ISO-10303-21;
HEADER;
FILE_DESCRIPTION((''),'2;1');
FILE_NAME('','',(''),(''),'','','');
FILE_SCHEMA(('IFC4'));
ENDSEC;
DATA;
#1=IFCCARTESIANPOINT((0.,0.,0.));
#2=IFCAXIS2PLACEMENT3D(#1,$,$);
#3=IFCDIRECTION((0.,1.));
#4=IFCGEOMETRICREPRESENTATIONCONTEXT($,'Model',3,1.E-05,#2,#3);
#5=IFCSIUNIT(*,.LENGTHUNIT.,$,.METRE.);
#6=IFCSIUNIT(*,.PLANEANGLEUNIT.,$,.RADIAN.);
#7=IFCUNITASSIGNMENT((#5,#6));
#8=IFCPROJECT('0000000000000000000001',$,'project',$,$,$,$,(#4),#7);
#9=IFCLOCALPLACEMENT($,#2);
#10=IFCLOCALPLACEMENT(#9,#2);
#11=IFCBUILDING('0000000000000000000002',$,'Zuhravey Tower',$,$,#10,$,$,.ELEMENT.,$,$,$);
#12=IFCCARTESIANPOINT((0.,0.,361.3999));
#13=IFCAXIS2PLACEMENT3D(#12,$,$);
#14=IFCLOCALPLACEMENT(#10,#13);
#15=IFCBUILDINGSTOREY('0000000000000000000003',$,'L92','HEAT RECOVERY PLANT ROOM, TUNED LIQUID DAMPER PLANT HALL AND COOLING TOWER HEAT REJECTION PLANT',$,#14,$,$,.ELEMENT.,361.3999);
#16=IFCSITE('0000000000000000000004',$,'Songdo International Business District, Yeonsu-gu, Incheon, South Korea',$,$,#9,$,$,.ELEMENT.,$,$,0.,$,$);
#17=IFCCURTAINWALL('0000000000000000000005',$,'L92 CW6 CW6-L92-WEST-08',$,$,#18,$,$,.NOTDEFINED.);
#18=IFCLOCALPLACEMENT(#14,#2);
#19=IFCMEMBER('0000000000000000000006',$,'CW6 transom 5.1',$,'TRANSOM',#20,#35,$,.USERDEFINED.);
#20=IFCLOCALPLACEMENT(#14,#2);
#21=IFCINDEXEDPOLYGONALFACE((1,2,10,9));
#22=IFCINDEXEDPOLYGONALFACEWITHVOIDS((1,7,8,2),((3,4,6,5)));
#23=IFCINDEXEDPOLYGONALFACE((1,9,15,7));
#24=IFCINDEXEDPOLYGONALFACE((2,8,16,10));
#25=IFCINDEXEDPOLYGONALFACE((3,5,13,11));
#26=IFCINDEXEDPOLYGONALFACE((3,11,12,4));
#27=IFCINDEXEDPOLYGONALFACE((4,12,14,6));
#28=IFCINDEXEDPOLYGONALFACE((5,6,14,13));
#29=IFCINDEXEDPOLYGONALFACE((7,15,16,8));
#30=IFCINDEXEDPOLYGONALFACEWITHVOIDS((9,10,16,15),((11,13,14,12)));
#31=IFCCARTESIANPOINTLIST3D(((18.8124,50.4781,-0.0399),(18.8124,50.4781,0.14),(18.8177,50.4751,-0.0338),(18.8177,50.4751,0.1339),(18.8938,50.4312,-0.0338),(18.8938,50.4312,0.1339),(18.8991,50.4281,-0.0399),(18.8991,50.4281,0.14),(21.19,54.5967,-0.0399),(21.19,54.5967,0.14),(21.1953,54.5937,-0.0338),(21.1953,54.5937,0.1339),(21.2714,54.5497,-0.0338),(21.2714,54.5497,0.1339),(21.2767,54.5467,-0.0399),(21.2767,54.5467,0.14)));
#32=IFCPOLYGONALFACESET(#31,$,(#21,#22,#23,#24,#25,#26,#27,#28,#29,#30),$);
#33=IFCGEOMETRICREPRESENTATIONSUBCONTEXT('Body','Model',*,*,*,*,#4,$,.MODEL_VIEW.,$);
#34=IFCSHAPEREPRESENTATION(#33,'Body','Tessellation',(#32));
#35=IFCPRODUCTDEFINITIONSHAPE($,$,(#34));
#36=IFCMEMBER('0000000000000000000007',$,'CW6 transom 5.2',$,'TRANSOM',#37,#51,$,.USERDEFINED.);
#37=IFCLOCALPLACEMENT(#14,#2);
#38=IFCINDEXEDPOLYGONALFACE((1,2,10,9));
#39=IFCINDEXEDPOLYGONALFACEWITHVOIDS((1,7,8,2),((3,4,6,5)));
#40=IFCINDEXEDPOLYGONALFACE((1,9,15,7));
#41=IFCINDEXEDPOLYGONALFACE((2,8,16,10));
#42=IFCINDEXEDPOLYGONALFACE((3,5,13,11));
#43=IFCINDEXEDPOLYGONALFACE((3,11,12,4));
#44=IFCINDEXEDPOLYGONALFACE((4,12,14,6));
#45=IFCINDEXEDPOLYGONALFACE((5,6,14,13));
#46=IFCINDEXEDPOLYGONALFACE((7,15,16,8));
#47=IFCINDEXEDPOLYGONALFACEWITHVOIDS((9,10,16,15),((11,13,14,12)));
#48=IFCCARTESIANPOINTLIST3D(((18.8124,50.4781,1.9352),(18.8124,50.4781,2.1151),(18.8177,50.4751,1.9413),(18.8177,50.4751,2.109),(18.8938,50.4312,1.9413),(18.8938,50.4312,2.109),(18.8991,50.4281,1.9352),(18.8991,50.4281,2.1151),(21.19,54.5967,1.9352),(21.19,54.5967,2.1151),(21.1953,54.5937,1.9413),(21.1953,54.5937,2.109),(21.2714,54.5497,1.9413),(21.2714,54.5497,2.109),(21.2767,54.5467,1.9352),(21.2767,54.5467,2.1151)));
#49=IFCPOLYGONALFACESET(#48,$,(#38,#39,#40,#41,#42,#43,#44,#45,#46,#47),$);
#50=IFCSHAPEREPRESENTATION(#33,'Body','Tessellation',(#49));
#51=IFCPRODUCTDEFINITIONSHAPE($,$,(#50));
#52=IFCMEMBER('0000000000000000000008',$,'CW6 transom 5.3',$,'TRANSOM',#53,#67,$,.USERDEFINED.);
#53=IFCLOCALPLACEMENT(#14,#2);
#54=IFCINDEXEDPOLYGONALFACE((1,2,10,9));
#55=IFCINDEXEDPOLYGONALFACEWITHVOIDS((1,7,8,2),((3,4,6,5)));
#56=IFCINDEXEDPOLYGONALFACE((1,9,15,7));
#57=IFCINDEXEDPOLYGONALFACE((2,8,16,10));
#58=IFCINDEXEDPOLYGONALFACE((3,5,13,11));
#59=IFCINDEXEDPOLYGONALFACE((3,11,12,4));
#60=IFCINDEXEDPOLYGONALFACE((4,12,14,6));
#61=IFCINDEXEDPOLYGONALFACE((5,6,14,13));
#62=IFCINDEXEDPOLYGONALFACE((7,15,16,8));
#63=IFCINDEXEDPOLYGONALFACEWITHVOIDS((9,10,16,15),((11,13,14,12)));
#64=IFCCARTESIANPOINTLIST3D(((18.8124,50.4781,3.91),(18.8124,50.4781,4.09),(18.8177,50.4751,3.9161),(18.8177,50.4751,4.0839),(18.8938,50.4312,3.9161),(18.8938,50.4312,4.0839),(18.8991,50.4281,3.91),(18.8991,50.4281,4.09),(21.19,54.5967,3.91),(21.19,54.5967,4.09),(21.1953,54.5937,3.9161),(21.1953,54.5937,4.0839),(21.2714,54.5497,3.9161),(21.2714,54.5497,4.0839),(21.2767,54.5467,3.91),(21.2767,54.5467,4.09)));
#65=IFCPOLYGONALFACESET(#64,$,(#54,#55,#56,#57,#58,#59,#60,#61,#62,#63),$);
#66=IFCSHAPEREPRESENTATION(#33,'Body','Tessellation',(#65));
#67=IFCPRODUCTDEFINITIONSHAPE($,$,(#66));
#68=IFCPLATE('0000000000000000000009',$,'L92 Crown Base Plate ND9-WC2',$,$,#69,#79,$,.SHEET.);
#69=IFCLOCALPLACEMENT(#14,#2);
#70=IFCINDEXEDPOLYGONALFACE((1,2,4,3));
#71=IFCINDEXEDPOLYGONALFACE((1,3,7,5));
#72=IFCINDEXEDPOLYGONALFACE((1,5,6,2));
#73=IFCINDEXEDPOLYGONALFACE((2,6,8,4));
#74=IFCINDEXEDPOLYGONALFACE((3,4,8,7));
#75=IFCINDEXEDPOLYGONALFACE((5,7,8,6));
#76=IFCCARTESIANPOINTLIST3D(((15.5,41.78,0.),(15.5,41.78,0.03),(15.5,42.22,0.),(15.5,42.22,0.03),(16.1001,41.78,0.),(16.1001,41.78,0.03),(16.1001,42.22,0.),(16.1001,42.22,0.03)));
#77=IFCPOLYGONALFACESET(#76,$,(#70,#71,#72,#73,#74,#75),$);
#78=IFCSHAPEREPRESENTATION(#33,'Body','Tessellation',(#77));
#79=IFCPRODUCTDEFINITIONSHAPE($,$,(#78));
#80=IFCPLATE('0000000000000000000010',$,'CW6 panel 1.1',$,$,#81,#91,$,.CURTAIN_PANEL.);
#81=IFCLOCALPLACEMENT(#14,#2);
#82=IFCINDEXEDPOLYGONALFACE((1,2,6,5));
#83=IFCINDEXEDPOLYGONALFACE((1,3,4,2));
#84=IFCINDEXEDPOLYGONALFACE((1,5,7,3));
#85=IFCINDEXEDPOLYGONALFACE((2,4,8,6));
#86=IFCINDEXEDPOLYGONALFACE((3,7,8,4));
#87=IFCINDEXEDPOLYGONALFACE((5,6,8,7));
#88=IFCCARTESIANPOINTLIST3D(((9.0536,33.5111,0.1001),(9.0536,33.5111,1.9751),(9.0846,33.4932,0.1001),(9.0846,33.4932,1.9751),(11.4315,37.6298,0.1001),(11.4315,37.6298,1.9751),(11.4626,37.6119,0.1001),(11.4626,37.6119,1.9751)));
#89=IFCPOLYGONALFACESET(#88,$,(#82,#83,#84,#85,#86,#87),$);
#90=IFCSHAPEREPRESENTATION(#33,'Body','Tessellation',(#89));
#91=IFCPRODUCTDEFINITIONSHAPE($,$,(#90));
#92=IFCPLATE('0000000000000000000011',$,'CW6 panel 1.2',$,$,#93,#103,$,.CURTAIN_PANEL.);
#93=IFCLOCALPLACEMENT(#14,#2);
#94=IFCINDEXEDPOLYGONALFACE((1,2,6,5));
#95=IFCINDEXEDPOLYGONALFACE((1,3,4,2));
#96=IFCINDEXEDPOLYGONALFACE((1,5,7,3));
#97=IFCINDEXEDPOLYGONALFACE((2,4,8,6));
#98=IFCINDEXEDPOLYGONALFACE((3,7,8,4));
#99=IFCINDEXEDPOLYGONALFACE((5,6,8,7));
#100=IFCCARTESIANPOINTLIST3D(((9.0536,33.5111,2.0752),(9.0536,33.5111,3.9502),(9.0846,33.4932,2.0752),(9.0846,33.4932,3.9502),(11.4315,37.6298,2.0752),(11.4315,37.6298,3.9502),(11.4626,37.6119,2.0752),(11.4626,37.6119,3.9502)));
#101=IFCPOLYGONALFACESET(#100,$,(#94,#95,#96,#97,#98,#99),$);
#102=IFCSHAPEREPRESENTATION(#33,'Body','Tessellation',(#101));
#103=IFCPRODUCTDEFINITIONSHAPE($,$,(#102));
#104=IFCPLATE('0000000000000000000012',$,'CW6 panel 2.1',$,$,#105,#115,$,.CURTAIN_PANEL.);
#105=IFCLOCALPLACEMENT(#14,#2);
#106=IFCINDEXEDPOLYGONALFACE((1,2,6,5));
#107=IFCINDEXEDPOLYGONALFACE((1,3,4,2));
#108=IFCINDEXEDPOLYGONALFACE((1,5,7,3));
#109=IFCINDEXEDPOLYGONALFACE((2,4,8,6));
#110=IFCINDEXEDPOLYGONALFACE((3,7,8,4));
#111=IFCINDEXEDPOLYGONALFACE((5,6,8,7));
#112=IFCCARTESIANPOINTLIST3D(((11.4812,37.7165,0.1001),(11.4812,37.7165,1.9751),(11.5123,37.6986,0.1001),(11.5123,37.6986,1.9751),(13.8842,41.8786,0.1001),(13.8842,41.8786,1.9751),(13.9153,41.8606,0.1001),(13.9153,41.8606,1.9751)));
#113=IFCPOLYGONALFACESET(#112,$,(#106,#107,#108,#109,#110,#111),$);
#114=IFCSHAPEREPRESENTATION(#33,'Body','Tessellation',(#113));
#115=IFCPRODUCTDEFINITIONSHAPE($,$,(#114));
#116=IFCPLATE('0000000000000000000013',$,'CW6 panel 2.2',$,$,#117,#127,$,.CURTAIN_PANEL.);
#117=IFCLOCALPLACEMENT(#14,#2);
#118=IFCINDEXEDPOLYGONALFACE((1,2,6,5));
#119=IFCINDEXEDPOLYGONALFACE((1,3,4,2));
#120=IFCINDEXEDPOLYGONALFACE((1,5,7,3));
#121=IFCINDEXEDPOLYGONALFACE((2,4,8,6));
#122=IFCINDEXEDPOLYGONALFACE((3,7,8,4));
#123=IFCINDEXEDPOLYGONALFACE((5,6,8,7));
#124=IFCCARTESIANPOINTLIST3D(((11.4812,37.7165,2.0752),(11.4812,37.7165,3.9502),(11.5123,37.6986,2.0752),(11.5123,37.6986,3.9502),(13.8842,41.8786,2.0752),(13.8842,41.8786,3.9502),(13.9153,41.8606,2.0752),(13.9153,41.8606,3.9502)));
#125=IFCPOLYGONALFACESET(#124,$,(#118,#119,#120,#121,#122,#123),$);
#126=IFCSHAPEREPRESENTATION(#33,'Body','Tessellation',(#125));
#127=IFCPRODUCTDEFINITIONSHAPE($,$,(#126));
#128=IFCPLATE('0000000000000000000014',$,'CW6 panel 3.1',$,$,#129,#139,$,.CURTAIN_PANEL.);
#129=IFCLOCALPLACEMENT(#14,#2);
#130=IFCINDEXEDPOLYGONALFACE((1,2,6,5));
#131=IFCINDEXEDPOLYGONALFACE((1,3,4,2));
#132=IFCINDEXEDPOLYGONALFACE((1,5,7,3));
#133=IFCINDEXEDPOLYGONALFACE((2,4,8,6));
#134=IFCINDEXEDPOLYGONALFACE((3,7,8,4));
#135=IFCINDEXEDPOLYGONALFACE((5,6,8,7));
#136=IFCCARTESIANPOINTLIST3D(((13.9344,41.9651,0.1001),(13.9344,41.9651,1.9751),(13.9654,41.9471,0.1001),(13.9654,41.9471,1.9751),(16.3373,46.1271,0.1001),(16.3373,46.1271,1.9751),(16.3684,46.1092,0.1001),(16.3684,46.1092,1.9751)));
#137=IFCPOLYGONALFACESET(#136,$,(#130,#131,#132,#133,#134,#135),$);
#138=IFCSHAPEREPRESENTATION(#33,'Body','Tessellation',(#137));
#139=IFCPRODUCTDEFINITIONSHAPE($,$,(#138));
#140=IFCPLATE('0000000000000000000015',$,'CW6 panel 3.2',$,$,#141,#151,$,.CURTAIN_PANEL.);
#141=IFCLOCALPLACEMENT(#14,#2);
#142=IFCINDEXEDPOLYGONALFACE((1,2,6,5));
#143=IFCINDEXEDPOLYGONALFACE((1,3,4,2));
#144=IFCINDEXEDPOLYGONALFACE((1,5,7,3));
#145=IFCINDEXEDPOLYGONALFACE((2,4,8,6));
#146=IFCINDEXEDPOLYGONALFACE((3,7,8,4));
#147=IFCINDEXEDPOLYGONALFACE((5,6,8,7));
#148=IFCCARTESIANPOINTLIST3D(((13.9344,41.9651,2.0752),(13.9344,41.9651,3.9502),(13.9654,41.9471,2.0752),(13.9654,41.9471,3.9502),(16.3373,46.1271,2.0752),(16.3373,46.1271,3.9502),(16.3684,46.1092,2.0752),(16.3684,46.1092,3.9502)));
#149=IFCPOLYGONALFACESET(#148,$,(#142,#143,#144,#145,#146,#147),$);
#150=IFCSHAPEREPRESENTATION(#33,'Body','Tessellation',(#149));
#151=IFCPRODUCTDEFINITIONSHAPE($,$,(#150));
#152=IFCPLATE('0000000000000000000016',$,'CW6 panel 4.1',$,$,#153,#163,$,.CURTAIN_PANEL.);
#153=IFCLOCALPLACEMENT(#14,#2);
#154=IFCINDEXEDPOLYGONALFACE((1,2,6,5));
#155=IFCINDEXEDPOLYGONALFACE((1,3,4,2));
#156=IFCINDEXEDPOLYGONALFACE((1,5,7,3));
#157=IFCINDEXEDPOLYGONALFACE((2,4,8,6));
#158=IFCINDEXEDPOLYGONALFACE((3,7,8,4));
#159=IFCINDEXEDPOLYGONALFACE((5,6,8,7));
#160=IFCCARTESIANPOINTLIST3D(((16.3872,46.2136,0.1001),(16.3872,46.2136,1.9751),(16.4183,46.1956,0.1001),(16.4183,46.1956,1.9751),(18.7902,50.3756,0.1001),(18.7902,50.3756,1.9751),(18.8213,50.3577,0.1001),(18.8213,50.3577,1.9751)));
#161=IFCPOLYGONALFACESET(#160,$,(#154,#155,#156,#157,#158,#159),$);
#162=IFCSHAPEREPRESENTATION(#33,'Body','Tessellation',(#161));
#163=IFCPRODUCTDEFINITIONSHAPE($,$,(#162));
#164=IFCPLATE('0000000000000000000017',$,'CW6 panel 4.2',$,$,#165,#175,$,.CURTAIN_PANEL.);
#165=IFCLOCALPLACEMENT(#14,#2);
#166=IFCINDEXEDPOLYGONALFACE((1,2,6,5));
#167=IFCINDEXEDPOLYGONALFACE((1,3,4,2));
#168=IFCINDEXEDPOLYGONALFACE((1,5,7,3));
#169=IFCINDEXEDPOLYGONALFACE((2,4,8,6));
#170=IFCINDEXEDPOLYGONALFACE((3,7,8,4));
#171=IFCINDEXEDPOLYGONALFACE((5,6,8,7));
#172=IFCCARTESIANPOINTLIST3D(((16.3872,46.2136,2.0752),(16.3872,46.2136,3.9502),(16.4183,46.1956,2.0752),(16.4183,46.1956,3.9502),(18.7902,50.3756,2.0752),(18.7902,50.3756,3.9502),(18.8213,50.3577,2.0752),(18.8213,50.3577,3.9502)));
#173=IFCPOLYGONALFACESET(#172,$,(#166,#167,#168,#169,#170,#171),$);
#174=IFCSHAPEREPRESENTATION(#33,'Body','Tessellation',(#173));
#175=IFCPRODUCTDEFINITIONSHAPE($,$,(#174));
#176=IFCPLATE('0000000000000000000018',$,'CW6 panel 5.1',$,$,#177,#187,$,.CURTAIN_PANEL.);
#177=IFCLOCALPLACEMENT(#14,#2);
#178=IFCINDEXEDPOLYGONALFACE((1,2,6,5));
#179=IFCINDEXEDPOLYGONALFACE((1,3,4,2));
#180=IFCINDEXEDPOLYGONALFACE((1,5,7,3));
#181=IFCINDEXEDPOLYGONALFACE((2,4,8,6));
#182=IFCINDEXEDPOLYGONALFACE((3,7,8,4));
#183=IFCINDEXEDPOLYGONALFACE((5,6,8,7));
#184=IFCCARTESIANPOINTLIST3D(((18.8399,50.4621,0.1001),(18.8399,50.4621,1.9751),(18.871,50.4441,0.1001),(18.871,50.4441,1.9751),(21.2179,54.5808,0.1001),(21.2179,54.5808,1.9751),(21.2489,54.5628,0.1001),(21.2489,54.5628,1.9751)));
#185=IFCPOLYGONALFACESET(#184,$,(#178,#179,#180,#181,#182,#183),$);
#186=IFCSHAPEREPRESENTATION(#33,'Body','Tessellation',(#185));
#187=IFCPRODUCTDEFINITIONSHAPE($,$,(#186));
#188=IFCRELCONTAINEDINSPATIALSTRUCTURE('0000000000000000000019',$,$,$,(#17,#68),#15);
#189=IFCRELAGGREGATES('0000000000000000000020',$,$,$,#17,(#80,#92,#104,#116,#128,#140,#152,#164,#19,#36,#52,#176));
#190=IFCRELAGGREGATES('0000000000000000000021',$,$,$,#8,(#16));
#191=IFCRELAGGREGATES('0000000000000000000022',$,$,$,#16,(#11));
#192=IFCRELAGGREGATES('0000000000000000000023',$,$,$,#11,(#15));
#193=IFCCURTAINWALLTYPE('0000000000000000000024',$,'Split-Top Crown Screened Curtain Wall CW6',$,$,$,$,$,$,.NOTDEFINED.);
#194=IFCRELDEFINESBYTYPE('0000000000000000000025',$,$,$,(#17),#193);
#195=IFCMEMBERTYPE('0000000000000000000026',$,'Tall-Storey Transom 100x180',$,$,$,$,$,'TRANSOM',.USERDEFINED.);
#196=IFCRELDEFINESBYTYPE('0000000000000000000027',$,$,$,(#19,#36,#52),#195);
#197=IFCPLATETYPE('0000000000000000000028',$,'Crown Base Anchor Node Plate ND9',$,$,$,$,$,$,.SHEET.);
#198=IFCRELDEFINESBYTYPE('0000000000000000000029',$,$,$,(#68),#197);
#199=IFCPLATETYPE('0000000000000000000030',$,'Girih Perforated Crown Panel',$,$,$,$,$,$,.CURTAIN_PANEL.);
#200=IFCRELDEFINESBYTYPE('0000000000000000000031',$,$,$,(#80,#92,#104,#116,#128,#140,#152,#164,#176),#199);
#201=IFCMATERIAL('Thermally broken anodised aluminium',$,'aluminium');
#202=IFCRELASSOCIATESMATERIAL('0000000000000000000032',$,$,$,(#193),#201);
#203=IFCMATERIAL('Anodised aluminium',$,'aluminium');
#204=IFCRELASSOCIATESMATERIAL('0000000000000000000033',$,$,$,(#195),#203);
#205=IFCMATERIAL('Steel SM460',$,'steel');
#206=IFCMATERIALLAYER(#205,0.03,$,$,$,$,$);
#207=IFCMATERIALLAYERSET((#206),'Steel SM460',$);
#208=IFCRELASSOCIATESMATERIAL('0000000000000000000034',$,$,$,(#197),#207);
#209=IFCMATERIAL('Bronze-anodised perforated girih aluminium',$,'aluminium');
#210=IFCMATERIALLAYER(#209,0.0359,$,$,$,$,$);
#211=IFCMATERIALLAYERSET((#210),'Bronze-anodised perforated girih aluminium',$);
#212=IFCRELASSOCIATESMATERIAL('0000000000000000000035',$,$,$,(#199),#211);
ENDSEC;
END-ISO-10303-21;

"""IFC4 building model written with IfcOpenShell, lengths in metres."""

from ifc_helpers import new_model, si_unit, direction, frame, origin, origin_2d, place, context, subcontext, project, spatial, rectangle, hollow_rectangle, extrude, material, layer, layer_set, material_profile, profile_set, type_object, element, aggregate, save


model = new_model("IFC4")

# Units and contexts
model_context = context("Model", 3, precision=1e-05, world=origin(), true_north=direction((0.0, 1.0)))
body_context = subcontext(model_context, "Body", "Model", "MODEL_VIEW")
ifc_project = project(units=[si_unit("LENGTHUNIT", "METRE"), si_unit("PLANEANGLEUNIT", "RADIAN")], contexts=[model_context])

# Site, building, storey
site_placement = place(None, origin())
site = spatial("IfcSite", under=ifc_project, at=site_placement, Name="Songdo International Business District, Yeonsu-gu, Incheon, South Korea", CompositionType="ELEMENT", RefElevation=0.0)
building_placement = place(site_placement, origin())
building = spatial("IfcBuilding", under=site, at=building_placement, Name="Zuhravey Tower", CompositionType="ELEMENT")
storey_placement = place(building_placement, frame((0.0, 0.0, 361.3999)))
storey = spatial("IfcBuildingStorey", under=building, at=storey_placement, Name="L92", Description="HEAT RECOVERY PLANT ROOM, TUNED LIQUID DAMPER PLANT HALL AND COOLING TOWER HEAT REJECTION PLANT", CompositionType="ELEMENT", Elevation=361.3999)

# Shared definitions
ifc_material_1 = material(Name="Thermally broken anodised aluminium", Category="aluminium")
curtain_wall_type = type_object("IfcCurtainWallType", Name="Split-Top Crown Screened Curtain Wall CW6", PredefinedType="NOTDEFINED", material=ifc_material_1)
ifc_material_2 = material(Name="Anodised aluminium", Category="aluminium")

# Curtain wall
curtain_wall_1_placement = place(storey_placement, origin())
curtain_wall_1 = element("IfcCurtainWall", 1, at=curtain_wall_1_placement, inside=storey, type_object=curtain_wall_type, Name="L92 CW6 CW6-L92-WEST-08", PredefinedType="NOTDEFINED")

# Members
ifc_material_profile_1 = material_profile(ifc_material_2, hollow_rectangle(XDim=0.1001, YDim=0.1799, WallThickness=0.0061, at=origin_2d()), Name="ALU-RHS-100x180x6")
ifc_profile_set_1 = profile_set([ifc_material_profile_1], Name="Anodised aluminium")
member_type_1 = type_object("IfcMemberType", Name="Tall-Storey Transom 100x180", ElementType="TRANSOM", PredefinedType="USERDEFINED", material=ifc_profile_set_1)
member_1_placement = place(storey_placement, frame((18.8557, 50.4531, 0.05), z_axis=(0.499965, 0.866045, 0.0), x_axis=(-0.866045, 0.499965, 0.0)))
member_1 = element("IfcMember", 2, at=member_1_placement, type_object=member_type_1, Name="CW6 transom 5.1", ObjectType="TRANSOM", PredefinedType="USERDEFINED", context=body_context, shape_type="SweptSolid", body=[
    extrude(hollow_rectangle(XDim=0.1001, YDim=0.1799, WallThickness=0.0061, at=origin_2d()), origin(), (0.0, 0.0, 1.0), 4.7556),
])
member_2_placement = place(storey_placement, frame((18.8557, 50.4531, 2.0251), z_axis=(0.499965, 0.866045, 0.0), x_axis=(-0.866045, 0.499965, 0.0)))
member_2 = element("IfcMember", 3, at=member_2_placement, type_object=member_type_1, Name="CW6 transom 5.2", ObjectType="TRANSOM", PredefinedType="USERDEFINED", context=body_context, shape_type="SweptSolid", body=[
    extrude(hollow_rectangle(XDim=0.1001, YDim=0.1799, WallThickness=0.0061, at=origin_2d()), origin(), (0.0, 0.0, 1.0), 4.7556),
])
member_3_placement = place(storey_placement, frame((18.8557, 50.4531, 4.0), z_axis=(0.499965, 0.866045, 0.0), x_axis=(-0.866045, 0.499965, 0.0)))
member_3 = element("IfcMember", 4, at=member_3_placement, type_object=member_type_1, Name="CW6 transom 5.3", ObjectType="TRANSOM", PredefinedType="USERDEFINED", context=body_context, shape_type="SweptSolid", body=[
    extrude(hollow_rectangle(XDim=0.1001, YDim=0.1799, WallThickness=0.0061, at=origin_2d()), origin(), (0.0, 0.0, 1.0), 4.7556),
])

# Plates
ifc_material_3 = material(Name="Steel SM460", Category="steel")
ifc_layer_1 = layer(ifc_material_3, 0.03)
ifc_layer_set_1 = layer_set([ifc_layer_1], Name="Steel SM460")
plate_type_1 = type_object("IfcPlateType", Name="Crown Base Anchor Node Plate ND9", PredefinedType="SHEET", material=ifc_layer_set_1)
plate_1_placement = place(storey_placement, frame((15.8, 42.0, 0.0), z_axis=(0.0, 0.0, 1.0), x_axis=(1.0, 0.0, 0.0)))
element("IfcPlate", 5, at=plate_1_placement, inside=storey, type_object=plate_type_1, Name="L92 Crown Base Plate ND9-WC2", PredefinedType="SHEET", context=body_context, shape_type="SweptSolid", body=[
    extrude(rectangle(XDim=0.6001, YDim=0.4399, at=origin_2d()), origin(), (0.0, 0.0, 1.0), 0.03),
])
ifc_material_4 = material(Name="Bronze-anodised perforated girih aluminium", Category="aluminium")
ifc_layer_2 = layer(ifc_material_4, 0.0359)
ifc_layer_set_2 = layer_set([ifc_layer_2], Name="Bronze-anodised perforated girih aluminium")
plate_type_2 = type_object("IfcPlateType", Name="Girih Perforated Crown Panel", PredefinedType="CURTAIN_PANEL", material=ifc_layer_set_2)
plate_2_placement = place(storey_placement, frame((10.2581, 35.5615, 0.1001), z_axis=(0.0, 0.0, 1.0), x_axis=(0.499997, 0.866027, 0.0)))
plate_2 = element("IfcPlate", 6, at=plate_2_placement, type_object=plate_type_2, Name="CW6 panel 1.1", PredefinedType="CURTAIN_PANEL", context=body_context, shape_type="SweptSolid", body=[
    extrude(rectangle(XDim=4.7559, YDim=0.0359, at=origin_2d()), origin(), (0.0, 0.0, 1.0), 1.875),
])
plate_3_placement = place(storey_placement, frame((10.2581, 35.5615, 2.0752), z_axis=(0.0, 0.0, 1.0), x_axis=(0.499997, 0.866027, 0.0)))
plate_3 = element("IfcPlate", 7, at=plate_3_placement, type_object=plate_type_2, Name="CW6 panel 1.2", PredefinedType="CURTAIN_PANEL", context=body_context, shape_type="SweptSolid", body=[
    extrude(rectangle(XDim=4.7559, YDim=0.0359, at=origin_2d()), origin(), (0.0, 0.0, 1.0), 1.875),
])
plate_4_placement = place(storey_placement, frame((12.6982, 39.7886, 0.1001), z_axis=(0.0, 0.0, 1.0), x_axis=(0.499997, 0.866027, 0.0)))
plate_4 = element("IfcPlate", 8, at=plate_4_placement, type_object=plate_type_2, Name="CW6 panel 2.1", PredefinedType="CURTAIN_PANEL", context=body_context, shape_type="SweptSolid", body=[
    extrude(rectangle(XDim=4.8059, YDim=0.0359, at=origin_2d()), origin(), (0.0, 0.0, 1.0), 1.875),
])
plate_5_placement = place(storey_placement, frame((12.6982, 39.7886, 2.0752), z_axis=(0.0, 0.0, 1.0), x_axis=(0.499997, 0.866027, 0.0)))
plate_5 = element("IfcPlate", 9, at=plate_5_placement, type_object=plate_type_2, Name="CW6 panel 2.2", PredefinedType="CURTAIN_PANEL", context=body_context, shape_type="SweptSolid", body=[
    extrude(rectangle(XDim=4.8059, YDim=0.0359, at=origin_2d()), origin(), (0.0, 0.0, 1.0), 1.875),
])
plate_6_placement = place(storey_placement, frame((15.1514, 44.0371, 0.1001), z_axis=(0.0, 0.0, 1.0), x_axis=(0.499997, 0.866027, 0.0)))
plate_6 = element("IfcPlate", 10, at=plate_6_placement, type_object=plate_type_2, Name="CW6 panel 3.1", PredefinedType="CURTAIN_PANEL", context=body_context, shape_type="SweptSolid", body=[
    extrude(rectangle(XDim=4.8059, YDim=0.0359, at=origin_2d()), origin(), (0.0, 0.0, 1.0), 1.875),
])
plate_7_placement = place(storey_placement, frame((15.1514, 44.0371, 2.0752), z_axis=(0.0, 0.0, 1.0), x_axis=(0.499997, 0.866027, 0.0)))
plate_7 = element("IfcPlate", 11, at=plate_7_placement, type_object=plate_type_2, Name="CW6 panel 3.2", PredefinedType="CURTAIN_PANEL", context=body_context, shape_type="SweptSolid", body=[
    extrude(rectangle(XDim=4.8059, YDim=0.0359, at=origin_2d()), origin(), (0.0, 0.0, 1.0), 1.875),
])
plate_8_placement = place(storey_placement, frame((17.6042, 48.2856, 0.1001), z_axis=(0.0, 0.0, 1.0), x_axis=(0.499997, 0.866027, 0.0)))
plate_8 = element("IfcPlate", 12, at=plate_8_placement, type_object=plate_type_2, Name="CW6 panel 4.1", PredefinedType="CURTAIN_PANEL", context=body_context, shape_type="SweptSolid", body=[
    extrude(rectangle(XDim=4.8059, YDim=0.0359, at=origin_2d()), origin(), (0.0, 0.0, 1.0), 1.875),
])
plate_9_placement = place(storey_placement, frame((17.6042, 48.2856, 2.0752), z_axis=(0.0, 0.0, 1.0), x_axis=(0.499997, 0.866027, 0.0)))
plate_9 = element("IfcPlate", 13, at=plate_9_placement, type_object=plate_type_2, Name="CW6 panel 4.2", PredefinedType="CURTAIN_PANEL", context=body_context, shape_type="SweptSolid", body=[
    extrude(rectangle(XDim=4.8059, YDim=0.0359, at=origin_2d()), origin(), (0.0, 0.0, 1.0), 1.875),
])
plate_10_placement = place(storey_placement, frame((20.0444, 52.5125, 0.1001), z_axis=(0.0, 0.0, 1.0), x_axis=(0.499997, 0.866027, 0.0)))
plate_10 = element("IfcPlate", 14, at=plate_10_placement, type_object=plate_type_2, Name="CW6 panel 5.1", PredefinedType="CURTAIN_PANEL", context=body_context, shape_type="SweptSolid", body=[
    extrude(rectangle(XDim=4.7559, YDim=0.0359, at=origin_2d()), origin(), (0.0, 0.0, 1.0), 1.875),
])
aggregate(curtain_wall_1, [plate_2, plate_3, plate_4, plate_5, plate_6, plate_7, plate_8, plate_9, member_1, member_2, member_3, plate_10])

save(model, "model.ifc")
